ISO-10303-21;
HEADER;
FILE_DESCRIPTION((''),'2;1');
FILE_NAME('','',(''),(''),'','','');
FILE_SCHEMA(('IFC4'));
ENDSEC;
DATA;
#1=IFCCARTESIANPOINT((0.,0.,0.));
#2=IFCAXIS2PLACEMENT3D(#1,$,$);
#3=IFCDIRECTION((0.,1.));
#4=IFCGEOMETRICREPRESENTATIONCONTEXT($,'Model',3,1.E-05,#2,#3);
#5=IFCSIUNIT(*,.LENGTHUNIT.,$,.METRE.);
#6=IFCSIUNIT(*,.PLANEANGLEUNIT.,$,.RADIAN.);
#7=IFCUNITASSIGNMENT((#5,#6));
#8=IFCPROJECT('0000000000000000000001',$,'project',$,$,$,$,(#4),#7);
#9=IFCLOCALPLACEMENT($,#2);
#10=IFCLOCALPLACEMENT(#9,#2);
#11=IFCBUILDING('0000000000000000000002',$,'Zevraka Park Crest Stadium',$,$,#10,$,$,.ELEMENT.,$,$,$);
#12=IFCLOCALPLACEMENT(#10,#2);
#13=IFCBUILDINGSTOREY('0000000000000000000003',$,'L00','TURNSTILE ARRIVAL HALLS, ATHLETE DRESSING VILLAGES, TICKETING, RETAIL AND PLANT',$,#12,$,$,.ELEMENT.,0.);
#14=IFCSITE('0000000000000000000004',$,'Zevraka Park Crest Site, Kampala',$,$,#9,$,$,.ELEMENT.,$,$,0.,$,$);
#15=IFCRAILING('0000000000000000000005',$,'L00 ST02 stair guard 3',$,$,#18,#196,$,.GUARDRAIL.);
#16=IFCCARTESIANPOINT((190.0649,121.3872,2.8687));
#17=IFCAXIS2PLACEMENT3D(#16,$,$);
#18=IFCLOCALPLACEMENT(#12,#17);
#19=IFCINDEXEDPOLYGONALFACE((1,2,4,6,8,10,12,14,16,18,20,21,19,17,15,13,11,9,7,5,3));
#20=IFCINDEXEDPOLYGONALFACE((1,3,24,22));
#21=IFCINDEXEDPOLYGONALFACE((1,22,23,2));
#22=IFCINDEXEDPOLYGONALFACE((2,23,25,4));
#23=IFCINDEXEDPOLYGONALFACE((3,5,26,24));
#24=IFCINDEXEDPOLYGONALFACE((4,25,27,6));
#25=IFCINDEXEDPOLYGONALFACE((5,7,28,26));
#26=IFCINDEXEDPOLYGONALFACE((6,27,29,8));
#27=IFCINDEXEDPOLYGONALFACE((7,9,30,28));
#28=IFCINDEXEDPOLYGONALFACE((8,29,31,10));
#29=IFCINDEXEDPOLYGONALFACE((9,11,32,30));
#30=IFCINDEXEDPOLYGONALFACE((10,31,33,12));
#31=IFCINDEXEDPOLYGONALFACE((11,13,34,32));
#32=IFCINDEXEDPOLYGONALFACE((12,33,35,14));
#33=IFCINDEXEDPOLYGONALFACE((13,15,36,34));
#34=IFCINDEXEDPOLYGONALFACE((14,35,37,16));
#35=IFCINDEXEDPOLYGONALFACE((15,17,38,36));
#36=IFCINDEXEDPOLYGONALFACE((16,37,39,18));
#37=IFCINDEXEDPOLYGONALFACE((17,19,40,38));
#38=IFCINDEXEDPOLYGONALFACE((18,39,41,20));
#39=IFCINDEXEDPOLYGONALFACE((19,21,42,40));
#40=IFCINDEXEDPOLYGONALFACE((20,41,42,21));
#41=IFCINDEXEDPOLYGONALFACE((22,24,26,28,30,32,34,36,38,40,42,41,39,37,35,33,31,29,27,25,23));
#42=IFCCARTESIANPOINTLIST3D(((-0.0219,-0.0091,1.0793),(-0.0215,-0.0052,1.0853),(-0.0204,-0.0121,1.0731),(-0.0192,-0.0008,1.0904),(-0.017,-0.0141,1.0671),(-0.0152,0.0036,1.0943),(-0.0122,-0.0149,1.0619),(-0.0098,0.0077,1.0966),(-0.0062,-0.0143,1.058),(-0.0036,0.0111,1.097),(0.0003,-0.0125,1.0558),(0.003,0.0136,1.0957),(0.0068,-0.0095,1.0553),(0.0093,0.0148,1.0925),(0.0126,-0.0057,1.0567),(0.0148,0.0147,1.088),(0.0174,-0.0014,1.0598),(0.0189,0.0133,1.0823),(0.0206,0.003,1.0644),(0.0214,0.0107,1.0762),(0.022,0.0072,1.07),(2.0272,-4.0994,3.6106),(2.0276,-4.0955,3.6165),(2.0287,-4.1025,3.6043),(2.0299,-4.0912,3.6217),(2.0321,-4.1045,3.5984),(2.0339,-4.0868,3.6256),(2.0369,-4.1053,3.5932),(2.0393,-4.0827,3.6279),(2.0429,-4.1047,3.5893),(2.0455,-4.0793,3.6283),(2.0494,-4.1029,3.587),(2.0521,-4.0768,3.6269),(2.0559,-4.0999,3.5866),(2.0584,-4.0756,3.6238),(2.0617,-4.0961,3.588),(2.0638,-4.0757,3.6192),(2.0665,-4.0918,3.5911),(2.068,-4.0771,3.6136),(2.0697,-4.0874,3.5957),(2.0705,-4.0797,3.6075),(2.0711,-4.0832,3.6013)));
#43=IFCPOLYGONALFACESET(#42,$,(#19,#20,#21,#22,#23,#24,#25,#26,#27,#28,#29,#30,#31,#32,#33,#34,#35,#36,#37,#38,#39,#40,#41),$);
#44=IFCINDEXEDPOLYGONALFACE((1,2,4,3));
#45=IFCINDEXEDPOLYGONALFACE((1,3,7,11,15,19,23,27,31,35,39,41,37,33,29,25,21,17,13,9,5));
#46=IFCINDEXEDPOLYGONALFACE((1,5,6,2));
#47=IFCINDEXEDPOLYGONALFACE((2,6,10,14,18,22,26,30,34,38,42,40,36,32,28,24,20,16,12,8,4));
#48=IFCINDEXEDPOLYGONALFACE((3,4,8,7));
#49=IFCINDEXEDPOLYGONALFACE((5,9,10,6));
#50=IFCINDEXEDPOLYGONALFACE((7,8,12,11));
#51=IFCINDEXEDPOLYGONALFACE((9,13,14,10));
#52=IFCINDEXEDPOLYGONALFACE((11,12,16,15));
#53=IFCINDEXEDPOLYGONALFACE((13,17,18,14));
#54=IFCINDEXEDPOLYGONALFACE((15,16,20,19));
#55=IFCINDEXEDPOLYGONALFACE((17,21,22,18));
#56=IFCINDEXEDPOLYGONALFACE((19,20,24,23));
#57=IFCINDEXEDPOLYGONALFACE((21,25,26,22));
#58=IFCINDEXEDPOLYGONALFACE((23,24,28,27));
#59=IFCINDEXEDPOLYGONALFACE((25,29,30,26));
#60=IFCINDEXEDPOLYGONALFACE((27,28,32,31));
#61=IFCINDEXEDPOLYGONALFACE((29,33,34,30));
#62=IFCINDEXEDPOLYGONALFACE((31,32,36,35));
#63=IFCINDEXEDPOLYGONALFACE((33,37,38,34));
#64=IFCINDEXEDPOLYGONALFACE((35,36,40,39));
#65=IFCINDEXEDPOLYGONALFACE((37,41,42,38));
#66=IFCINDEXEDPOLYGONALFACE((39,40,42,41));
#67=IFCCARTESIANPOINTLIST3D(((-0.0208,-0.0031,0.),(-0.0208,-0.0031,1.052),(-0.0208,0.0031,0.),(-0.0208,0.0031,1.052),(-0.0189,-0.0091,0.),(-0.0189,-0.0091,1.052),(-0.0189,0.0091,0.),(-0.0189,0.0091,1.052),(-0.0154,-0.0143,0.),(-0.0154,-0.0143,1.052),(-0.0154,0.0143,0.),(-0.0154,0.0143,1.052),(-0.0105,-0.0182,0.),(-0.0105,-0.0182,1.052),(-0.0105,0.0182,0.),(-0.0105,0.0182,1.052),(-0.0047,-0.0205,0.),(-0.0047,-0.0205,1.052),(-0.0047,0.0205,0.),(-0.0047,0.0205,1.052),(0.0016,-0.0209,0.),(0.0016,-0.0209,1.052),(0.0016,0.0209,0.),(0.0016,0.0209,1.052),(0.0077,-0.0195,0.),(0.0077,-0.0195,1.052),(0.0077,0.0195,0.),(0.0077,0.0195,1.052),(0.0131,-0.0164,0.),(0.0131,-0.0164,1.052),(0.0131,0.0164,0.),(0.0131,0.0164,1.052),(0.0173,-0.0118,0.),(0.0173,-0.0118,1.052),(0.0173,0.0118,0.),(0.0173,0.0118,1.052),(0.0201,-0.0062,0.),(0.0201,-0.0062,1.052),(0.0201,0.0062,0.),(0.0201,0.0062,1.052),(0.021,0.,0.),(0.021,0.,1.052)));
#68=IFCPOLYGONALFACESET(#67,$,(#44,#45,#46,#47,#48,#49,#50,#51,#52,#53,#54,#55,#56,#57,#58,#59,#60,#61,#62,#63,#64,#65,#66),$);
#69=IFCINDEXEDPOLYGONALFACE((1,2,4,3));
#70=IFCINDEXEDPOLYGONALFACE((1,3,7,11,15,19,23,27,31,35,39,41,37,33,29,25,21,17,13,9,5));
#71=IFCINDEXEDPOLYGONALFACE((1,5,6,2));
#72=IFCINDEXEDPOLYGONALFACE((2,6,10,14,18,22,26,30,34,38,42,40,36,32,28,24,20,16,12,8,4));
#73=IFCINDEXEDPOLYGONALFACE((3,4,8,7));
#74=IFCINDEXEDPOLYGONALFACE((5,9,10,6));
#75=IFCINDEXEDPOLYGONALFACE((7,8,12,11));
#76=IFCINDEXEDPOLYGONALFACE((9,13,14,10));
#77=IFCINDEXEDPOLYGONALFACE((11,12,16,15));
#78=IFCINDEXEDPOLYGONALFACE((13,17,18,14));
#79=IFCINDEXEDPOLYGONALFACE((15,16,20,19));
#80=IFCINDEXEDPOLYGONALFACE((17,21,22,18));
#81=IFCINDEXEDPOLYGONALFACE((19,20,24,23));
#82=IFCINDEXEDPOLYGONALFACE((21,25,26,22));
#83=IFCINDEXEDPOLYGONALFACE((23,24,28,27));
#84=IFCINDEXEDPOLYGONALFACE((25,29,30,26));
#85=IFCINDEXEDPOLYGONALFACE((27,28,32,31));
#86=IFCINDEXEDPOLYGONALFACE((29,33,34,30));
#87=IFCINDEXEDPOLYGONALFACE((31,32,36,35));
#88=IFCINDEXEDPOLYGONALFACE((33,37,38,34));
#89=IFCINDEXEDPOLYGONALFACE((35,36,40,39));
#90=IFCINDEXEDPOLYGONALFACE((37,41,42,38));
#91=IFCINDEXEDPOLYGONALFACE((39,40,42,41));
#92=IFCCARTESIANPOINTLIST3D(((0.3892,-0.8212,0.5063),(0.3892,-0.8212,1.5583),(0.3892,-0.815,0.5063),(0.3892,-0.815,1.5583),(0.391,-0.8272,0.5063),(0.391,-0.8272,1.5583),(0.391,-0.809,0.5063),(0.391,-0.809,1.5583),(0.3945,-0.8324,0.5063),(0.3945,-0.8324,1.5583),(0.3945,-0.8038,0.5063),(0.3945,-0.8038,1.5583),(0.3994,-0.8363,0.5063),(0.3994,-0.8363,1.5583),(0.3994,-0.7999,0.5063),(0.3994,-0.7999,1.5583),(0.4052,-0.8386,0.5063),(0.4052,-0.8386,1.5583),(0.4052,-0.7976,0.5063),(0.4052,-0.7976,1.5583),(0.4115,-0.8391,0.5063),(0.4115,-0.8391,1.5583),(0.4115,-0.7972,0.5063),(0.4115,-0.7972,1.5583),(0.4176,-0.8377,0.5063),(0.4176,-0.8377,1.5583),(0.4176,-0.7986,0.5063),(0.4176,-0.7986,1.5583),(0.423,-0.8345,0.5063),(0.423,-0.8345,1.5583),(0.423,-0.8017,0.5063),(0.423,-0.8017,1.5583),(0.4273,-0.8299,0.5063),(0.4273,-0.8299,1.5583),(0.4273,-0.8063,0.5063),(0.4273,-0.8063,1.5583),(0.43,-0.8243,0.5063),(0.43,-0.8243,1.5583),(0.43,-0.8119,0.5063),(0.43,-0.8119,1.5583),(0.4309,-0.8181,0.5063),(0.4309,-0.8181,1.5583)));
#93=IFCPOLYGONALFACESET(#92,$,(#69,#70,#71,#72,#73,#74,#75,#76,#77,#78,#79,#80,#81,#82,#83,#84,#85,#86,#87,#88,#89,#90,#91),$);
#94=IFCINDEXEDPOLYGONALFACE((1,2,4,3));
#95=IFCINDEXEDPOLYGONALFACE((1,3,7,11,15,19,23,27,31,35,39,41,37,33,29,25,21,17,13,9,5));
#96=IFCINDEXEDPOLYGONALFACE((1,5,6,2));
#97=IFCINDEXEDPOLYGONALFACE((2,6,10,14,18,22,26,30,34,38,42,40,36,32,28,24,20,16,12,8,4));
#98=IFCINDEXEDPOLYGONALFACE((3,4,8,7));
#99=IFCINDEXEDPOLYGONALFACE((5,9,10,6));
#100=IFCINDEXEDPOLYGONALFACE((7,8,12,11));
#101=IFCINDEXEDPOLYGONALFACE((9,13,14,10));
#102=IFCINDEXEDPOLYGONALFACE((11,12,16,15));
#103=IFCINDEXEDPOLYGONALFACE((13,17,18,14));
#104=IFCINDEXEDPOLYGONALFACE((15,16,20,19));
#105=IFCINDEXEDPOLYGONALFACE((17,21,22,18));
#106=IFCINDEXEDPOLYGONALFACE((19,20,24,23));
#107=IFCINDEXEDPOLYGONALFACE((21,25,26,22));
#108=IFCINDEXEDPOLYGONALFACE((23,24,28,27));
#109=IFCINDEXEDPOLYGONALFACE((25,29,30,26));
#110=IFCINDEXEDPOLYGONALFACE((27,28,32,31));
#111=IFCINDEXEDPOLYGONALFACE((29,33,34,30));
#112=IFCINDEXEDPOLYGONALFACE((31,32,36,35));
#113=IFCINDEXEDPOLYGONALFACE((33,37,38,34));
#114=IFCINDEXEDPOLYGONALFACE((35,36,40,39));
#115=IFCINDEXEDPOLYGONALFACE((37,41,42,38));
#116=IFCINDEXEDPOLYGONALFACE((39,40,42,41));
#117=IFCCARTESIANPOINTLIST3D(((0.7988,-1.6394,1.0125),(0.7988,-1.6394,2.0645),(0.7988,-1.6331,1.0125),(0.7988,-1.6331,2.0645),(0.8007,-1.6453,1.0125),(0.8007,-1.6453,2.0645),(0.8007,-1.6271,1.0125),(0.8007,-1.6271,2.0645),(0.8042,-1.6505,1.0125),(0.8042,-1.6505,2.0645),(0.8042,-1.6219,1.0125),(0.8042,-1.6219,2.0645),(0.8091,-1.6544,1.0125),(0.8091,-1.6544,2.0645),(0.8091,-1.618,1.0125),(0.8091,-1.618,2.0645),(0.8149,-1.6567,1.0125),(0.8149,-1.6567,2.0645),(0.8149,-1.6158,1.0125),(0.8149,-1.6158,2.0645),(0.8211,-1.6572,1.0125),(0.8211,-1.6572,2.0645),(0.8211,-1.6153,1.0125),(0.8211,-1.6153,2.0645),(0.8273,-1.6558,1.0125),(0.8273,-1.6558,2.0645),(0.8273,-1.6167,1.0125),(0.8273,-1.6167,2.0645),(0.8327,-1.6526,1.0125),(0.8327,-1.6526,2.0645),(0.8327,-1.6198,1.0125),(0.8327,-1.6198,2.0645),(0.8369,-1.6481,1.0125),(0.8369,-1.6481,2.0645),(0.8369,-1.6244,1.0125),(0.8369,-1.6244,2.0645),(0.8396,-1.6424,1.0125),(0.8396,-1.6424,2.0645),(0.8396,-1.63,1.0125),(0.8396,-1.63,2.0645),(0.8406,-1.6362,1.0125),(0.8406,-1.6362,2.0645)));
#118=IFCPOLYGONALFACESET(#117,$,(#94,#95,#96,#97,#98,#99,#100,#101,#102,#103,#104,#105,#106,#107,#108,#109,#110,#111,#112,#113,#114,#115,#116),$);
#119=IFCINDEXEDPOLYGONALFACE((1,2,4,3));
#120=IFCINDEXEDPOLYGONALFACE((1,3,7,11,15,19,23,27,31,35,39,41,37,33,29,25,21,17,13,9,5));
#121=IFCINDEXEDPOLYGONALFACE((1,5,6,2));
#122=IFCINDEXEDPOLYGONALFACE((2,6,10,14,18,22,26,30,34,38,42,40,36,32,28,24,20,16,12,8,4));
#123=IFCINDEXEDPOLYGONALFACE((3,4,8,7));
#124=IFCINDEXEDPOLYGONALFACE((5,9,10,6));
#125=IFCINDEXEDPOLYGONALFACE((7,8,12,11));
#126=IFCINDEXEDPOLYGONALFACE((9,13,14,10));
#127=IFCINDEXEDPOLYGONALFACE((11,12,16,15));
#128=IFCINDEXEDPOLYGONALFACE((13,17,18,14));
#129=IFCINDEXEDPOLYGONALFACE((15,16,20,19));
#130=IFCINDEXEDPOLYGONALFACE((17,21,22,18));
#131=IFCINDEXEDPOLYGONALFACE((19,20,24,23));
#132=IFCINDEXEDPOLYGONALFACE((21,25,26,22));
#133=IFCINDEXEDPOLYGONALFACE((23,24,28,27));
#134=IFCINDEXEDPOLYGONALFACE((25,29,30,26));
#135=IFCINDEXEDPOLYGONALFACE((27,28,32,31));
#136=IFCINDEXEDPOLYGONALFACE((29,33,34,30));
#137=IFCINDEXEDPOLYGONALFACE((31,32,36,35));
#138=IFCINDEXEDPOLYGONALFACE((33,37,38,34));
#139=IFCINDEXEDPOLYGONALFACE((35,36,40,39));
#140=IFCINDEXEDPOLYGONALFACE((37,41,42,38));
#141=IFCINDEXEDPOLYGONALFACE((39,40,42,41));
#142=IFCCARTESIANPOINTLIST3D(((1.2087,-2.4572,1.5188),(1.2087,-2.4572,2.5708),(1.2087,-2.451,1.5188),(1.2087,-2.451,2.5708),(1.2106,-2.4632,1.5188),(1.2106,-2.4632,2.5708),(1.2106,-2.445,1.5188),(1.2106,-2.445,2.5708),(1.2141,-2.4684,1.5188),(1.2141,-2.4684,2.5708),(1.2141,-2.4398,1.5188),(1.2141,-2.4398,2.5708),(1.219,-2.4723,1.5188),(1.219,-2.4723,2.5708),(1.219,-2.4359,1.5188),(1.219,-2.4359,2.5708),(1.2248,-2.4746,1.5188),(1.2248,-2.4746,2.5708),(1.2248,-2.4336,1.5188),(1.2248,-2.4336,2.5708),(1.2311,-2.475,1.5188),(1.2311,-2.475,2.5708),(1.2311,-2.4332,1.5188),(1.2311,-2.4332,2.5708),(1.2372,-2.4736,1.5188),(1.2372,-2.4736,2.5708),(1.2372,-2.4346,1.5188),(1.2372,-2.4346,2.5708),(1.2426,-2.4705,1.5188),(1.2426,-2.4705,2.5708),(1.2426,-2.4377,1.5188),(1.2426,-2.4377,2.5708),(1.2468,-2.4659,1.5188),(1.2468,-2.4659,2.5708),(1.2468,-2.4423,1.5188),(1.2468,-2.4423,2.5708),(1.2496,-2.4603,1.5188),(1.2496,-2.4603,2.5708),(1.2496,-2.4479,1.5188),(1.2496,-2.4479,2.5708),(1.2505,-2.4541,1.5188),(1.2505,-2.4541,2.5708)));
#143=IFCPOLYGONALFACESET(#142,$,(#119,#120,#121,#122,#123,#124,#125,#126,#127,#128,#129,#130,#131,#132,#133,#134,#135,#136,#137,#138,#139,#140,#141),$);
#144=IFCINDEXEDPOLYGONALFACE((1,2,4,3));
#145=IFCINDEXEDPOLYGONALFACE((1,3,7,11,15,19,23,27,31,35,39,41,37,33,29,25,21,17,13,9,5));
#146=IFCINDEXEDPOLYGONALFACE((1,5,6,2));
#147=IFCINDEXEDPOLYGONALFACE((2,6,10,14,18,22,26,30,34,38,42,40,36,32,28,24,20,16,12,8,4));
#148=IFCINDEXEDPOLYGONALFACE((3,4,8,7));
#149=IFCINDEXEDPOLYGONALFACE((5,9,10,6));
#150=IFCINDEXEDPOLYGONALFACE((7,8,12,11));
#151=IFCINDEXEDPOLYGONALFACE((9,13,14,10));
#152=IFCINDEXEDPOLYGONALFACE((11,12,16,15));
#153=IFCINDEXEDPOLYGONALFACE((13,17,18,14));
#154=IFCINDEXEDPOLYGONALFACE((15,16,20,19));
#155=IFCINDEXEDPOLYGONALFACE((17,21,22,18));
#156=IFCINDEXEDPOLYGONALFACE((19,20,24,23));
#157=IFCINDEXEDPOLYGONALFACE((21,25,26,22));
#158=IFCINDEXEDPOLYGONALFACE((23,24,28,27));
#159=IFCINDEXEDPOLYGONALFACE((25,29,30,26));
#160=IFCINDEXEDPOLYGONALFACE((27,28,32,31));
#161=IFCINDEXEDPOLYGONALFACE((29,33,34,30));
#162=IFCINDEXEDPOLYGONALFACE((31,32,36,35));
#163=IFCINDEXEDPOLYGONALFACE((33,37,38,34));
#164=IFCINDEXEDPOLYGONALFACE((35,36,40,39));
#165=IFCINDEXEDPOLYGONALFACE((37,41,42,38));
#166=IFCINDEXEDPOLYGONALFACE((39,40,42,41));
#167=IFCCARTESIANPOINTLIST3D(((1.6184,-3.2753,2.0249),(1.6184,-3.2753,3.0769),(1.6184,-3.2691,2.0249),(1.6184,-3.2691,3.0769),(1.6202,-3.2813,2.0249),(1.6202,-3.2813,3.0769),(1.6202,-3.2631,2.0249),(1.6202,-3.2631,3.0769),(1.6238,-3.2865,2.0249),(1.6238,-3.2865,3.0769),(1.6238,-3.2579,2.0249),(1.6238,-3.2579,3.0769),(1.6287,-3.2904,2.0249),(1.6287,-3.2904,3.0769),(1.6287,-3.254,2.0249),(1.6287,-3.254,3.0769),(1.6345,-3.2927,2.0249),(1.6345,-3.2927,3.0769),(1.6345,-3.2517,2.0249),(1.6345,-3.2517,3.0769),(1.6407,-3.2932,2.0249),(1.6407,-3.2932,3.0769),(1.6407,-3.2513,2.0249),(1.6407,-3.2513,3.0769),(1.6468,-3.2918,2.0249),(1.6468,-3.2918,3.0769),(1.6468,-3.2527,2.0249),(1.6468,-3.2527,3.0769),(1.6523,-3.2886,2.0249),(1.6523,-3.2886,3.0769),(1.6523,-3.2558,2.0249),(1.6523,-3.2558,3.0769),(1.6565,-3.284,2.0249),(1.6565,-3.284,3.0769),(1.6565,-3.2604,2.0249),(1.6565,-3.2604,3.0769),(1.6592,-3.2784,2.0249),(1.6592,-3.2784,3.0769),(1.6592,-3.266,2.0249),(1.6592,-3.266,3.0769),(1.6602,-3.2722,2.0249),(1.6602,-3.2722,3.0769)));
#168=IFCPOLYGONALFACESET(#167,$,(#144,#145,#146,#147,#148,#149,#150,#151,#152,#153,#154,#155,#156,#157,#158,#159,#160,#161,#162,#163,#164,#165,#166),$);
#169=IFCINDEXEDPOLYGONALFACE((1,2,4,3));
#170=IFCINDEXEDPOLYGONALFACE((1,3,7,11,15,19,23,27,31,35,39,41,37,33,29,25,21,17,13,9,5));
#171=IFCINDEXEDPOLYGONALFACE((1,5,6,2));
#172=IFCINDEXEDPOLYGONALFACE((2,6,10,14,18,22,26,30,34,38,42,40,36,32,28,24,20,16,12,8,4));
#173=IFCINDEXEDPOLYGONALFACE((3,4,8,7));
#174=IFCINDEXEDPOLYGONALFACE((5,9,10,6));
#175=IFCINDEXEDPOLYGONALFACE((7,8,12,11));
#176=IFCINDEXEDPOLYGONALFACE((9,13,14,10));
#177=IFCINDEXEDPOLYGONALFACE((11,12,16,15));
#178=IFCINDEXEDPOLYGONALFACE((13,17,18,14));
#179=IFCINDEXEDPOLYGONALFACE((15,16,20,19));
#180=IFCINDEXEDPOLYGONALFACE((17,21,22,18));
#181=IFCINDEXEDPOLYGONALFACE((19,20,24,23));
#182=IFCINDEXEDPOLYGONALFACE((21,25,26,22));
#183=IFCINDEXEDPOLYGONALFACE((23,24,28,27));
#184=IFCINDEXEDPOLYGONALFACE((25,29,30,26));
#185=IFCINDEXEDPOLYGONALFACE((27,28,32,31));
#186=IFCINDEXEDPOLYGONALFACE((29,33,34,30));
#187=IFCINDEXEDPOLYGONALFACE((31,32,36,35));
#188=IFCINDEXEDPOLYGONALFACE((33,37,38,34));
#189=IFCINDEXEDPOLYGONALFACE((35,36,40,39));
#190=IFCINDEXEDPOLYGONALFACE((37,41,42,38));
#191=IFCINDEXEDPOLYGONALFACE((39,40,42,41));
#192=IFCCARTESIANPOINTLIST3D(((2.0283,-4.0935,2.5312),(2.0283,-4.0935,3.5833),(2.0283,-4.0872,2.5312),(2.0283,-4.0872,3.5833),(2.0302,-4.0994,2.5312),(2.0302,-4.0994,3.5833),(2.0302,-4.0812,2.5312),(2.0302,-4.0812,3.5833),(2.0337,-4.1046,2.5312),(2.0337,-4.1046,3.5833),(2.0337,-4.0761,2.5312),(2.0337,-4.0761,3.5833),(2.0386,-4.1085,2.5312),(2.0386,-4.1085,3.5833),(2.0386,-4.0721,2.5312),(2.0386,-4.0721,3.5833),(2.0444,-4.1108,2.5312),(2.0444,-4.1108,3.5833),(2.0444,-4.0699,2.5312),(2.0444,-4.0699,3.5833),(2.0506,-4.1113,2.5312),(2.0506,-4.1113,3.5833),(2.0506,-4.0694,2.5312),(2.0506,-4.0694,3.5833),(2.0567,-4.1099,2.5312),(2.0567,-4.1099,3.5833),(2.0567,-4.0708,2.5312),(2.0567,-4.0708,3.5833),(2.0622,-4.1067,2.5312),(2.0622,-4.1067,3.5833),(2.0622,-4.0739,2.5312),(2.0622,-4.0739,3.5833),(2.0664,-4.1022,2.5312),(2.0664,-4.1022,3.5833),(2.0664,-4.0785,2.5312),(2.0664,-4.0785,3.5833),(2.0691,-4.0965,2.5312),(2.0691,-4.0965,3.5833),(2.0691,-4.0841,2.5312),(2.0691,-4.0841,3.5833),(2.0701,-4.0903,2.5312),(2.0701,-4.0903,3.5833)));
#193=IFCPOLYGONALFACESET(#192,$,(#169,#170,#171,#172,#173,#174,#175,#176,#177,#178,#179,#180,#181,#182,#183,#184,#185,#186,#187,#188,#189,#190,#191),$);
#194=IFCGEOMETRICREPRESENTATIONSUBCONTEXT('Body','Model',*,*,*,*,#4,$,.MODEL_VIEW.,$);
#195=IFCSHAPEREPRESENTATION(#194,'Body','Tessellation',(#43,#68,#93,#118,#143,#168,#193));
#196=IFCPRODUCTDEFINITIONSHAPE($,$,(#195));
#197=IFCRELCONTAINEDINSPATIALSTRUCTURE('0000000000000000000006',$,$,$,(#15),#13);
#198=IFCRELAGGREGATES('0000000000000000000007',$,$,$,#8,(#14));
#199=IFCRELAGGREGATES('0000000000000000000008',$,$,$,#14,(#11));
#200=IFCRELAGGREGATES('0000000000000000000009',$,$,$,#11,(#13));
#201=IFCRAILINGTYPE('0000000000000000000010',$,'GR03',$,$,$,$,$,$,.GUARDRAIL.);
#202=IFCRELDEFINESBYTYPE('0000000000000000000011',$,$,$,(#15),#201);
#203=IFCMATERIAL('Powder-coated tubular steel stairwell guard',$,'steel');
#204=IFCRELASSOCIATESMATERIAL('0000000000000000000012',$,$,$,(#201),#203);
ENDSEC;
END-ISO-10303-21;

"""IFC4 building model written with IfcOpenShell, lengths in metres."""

from ifc_helpers import new_model, si_unit, direction, frame, origin, origin_2d, place, context, subcontext, project, spatial, circle, extrude, material, type_object, element, save


model = new_model("IFC4")

# Units and contexts
model_context = context("Model", 3, precision=1e-05, world=origin(), true_north=direction((0.0, 1.0)))
body_context = subcontext(model_context, "Body", "Model", "MODEL_VIEW")
ifc_project = project(units=[si_unit("LENGTHUNIT", "METRE"), si_unit("PLANEANGLEUNIT", "RADIAN")], contexts=[model_context])

# Site, building, storey
site_placement = place(None, origin())
site = spatial("IfcSite", under=ifc_project, at=site_placement, Name="Zevraka Park Crest Site, Kampala", CompositionType="ELEMENT", RefElevation=0.0)
building_placement = place(site_placement, origin())
building = spatial("IfcBuilding", under=site, at=building_placement, Name="Zevraka Park Crest Stadium", CompositionType="ELEMENT")
storey_placement = place(building_placement, origin())
storey = spatial("IfcBuildingStorey", under=building, at=storey_placement, Name="L00", Description="TURNSTILE ARRIVAL HALLS, ATHLETE DRESSING VILLAGES, TICKETING, RETAIL AND PLANT", CompositionType="ELEMENT", Elevation=0.0)

# Railing
ifc_material_1 = material(Name="Powder-coated tubular steel stairwell guard", Category="steel")
railing_type = type_object("IfcRailingType", Name="GR03", PredefinedType="GUARDRAIL", material=ifc_material_1)
railing_1_placement = place(storey_placement, frame((190.0649, 121.3872, 2.8687)))
element("IfcRailing", 1, at=railing_1_placement, inside=storey, type_object=railing_type, Name="L00 ST02 stair guard 3", PredefinedType="GUARDRAIL", context=body_context, shape_type="SweptSolid", body=[
    extrude(circle(Radius=0.0239, at=origin_2d()), frame((0.0, 0.0, 1.0762), z_axis=(0.391908, -0.782321, 0.48413), x_axis=(0.894085, 0.447897, 0.0)), (0.0, 0.0, 1.0), 5.2285),
    extrude(circle(Radius=0.021, at=origin_2d()), origin(), (0.0, 0.0, 1.0), 1.052),
    extrude(circle(Radius=0.021, at=origin_2d()), frame((0.4099, -0.8181, 0.5063)), (0.0, 0.0, 1.0), 1.052),
    extrude(circle(Radius=0.021, at=origin_2d()), frame((0.8196, -1.6362, 1.0125)), (0.0, 0.0, 1.0), 1.052),
    extrude(circle(Radius=0.021, at=origin_2d()), frame((1.2295, -2.4541, 1.5188)), (0.0, 0.0, 1.0), 1.052),
    extrude(circle(Radius=0.021, at=origin_2d()), frame((1.6392, -3.2722, 2.0249)), (0.0, 0.0, 1.0), 1.052),
    extrude(circle(Radius=0.021, at=origin_2d()), frame((2.0491, -4.0903, 2.5312)), (0.0, 0.0, 1.0), 1.052),
])

save(model, "model.ifc")
